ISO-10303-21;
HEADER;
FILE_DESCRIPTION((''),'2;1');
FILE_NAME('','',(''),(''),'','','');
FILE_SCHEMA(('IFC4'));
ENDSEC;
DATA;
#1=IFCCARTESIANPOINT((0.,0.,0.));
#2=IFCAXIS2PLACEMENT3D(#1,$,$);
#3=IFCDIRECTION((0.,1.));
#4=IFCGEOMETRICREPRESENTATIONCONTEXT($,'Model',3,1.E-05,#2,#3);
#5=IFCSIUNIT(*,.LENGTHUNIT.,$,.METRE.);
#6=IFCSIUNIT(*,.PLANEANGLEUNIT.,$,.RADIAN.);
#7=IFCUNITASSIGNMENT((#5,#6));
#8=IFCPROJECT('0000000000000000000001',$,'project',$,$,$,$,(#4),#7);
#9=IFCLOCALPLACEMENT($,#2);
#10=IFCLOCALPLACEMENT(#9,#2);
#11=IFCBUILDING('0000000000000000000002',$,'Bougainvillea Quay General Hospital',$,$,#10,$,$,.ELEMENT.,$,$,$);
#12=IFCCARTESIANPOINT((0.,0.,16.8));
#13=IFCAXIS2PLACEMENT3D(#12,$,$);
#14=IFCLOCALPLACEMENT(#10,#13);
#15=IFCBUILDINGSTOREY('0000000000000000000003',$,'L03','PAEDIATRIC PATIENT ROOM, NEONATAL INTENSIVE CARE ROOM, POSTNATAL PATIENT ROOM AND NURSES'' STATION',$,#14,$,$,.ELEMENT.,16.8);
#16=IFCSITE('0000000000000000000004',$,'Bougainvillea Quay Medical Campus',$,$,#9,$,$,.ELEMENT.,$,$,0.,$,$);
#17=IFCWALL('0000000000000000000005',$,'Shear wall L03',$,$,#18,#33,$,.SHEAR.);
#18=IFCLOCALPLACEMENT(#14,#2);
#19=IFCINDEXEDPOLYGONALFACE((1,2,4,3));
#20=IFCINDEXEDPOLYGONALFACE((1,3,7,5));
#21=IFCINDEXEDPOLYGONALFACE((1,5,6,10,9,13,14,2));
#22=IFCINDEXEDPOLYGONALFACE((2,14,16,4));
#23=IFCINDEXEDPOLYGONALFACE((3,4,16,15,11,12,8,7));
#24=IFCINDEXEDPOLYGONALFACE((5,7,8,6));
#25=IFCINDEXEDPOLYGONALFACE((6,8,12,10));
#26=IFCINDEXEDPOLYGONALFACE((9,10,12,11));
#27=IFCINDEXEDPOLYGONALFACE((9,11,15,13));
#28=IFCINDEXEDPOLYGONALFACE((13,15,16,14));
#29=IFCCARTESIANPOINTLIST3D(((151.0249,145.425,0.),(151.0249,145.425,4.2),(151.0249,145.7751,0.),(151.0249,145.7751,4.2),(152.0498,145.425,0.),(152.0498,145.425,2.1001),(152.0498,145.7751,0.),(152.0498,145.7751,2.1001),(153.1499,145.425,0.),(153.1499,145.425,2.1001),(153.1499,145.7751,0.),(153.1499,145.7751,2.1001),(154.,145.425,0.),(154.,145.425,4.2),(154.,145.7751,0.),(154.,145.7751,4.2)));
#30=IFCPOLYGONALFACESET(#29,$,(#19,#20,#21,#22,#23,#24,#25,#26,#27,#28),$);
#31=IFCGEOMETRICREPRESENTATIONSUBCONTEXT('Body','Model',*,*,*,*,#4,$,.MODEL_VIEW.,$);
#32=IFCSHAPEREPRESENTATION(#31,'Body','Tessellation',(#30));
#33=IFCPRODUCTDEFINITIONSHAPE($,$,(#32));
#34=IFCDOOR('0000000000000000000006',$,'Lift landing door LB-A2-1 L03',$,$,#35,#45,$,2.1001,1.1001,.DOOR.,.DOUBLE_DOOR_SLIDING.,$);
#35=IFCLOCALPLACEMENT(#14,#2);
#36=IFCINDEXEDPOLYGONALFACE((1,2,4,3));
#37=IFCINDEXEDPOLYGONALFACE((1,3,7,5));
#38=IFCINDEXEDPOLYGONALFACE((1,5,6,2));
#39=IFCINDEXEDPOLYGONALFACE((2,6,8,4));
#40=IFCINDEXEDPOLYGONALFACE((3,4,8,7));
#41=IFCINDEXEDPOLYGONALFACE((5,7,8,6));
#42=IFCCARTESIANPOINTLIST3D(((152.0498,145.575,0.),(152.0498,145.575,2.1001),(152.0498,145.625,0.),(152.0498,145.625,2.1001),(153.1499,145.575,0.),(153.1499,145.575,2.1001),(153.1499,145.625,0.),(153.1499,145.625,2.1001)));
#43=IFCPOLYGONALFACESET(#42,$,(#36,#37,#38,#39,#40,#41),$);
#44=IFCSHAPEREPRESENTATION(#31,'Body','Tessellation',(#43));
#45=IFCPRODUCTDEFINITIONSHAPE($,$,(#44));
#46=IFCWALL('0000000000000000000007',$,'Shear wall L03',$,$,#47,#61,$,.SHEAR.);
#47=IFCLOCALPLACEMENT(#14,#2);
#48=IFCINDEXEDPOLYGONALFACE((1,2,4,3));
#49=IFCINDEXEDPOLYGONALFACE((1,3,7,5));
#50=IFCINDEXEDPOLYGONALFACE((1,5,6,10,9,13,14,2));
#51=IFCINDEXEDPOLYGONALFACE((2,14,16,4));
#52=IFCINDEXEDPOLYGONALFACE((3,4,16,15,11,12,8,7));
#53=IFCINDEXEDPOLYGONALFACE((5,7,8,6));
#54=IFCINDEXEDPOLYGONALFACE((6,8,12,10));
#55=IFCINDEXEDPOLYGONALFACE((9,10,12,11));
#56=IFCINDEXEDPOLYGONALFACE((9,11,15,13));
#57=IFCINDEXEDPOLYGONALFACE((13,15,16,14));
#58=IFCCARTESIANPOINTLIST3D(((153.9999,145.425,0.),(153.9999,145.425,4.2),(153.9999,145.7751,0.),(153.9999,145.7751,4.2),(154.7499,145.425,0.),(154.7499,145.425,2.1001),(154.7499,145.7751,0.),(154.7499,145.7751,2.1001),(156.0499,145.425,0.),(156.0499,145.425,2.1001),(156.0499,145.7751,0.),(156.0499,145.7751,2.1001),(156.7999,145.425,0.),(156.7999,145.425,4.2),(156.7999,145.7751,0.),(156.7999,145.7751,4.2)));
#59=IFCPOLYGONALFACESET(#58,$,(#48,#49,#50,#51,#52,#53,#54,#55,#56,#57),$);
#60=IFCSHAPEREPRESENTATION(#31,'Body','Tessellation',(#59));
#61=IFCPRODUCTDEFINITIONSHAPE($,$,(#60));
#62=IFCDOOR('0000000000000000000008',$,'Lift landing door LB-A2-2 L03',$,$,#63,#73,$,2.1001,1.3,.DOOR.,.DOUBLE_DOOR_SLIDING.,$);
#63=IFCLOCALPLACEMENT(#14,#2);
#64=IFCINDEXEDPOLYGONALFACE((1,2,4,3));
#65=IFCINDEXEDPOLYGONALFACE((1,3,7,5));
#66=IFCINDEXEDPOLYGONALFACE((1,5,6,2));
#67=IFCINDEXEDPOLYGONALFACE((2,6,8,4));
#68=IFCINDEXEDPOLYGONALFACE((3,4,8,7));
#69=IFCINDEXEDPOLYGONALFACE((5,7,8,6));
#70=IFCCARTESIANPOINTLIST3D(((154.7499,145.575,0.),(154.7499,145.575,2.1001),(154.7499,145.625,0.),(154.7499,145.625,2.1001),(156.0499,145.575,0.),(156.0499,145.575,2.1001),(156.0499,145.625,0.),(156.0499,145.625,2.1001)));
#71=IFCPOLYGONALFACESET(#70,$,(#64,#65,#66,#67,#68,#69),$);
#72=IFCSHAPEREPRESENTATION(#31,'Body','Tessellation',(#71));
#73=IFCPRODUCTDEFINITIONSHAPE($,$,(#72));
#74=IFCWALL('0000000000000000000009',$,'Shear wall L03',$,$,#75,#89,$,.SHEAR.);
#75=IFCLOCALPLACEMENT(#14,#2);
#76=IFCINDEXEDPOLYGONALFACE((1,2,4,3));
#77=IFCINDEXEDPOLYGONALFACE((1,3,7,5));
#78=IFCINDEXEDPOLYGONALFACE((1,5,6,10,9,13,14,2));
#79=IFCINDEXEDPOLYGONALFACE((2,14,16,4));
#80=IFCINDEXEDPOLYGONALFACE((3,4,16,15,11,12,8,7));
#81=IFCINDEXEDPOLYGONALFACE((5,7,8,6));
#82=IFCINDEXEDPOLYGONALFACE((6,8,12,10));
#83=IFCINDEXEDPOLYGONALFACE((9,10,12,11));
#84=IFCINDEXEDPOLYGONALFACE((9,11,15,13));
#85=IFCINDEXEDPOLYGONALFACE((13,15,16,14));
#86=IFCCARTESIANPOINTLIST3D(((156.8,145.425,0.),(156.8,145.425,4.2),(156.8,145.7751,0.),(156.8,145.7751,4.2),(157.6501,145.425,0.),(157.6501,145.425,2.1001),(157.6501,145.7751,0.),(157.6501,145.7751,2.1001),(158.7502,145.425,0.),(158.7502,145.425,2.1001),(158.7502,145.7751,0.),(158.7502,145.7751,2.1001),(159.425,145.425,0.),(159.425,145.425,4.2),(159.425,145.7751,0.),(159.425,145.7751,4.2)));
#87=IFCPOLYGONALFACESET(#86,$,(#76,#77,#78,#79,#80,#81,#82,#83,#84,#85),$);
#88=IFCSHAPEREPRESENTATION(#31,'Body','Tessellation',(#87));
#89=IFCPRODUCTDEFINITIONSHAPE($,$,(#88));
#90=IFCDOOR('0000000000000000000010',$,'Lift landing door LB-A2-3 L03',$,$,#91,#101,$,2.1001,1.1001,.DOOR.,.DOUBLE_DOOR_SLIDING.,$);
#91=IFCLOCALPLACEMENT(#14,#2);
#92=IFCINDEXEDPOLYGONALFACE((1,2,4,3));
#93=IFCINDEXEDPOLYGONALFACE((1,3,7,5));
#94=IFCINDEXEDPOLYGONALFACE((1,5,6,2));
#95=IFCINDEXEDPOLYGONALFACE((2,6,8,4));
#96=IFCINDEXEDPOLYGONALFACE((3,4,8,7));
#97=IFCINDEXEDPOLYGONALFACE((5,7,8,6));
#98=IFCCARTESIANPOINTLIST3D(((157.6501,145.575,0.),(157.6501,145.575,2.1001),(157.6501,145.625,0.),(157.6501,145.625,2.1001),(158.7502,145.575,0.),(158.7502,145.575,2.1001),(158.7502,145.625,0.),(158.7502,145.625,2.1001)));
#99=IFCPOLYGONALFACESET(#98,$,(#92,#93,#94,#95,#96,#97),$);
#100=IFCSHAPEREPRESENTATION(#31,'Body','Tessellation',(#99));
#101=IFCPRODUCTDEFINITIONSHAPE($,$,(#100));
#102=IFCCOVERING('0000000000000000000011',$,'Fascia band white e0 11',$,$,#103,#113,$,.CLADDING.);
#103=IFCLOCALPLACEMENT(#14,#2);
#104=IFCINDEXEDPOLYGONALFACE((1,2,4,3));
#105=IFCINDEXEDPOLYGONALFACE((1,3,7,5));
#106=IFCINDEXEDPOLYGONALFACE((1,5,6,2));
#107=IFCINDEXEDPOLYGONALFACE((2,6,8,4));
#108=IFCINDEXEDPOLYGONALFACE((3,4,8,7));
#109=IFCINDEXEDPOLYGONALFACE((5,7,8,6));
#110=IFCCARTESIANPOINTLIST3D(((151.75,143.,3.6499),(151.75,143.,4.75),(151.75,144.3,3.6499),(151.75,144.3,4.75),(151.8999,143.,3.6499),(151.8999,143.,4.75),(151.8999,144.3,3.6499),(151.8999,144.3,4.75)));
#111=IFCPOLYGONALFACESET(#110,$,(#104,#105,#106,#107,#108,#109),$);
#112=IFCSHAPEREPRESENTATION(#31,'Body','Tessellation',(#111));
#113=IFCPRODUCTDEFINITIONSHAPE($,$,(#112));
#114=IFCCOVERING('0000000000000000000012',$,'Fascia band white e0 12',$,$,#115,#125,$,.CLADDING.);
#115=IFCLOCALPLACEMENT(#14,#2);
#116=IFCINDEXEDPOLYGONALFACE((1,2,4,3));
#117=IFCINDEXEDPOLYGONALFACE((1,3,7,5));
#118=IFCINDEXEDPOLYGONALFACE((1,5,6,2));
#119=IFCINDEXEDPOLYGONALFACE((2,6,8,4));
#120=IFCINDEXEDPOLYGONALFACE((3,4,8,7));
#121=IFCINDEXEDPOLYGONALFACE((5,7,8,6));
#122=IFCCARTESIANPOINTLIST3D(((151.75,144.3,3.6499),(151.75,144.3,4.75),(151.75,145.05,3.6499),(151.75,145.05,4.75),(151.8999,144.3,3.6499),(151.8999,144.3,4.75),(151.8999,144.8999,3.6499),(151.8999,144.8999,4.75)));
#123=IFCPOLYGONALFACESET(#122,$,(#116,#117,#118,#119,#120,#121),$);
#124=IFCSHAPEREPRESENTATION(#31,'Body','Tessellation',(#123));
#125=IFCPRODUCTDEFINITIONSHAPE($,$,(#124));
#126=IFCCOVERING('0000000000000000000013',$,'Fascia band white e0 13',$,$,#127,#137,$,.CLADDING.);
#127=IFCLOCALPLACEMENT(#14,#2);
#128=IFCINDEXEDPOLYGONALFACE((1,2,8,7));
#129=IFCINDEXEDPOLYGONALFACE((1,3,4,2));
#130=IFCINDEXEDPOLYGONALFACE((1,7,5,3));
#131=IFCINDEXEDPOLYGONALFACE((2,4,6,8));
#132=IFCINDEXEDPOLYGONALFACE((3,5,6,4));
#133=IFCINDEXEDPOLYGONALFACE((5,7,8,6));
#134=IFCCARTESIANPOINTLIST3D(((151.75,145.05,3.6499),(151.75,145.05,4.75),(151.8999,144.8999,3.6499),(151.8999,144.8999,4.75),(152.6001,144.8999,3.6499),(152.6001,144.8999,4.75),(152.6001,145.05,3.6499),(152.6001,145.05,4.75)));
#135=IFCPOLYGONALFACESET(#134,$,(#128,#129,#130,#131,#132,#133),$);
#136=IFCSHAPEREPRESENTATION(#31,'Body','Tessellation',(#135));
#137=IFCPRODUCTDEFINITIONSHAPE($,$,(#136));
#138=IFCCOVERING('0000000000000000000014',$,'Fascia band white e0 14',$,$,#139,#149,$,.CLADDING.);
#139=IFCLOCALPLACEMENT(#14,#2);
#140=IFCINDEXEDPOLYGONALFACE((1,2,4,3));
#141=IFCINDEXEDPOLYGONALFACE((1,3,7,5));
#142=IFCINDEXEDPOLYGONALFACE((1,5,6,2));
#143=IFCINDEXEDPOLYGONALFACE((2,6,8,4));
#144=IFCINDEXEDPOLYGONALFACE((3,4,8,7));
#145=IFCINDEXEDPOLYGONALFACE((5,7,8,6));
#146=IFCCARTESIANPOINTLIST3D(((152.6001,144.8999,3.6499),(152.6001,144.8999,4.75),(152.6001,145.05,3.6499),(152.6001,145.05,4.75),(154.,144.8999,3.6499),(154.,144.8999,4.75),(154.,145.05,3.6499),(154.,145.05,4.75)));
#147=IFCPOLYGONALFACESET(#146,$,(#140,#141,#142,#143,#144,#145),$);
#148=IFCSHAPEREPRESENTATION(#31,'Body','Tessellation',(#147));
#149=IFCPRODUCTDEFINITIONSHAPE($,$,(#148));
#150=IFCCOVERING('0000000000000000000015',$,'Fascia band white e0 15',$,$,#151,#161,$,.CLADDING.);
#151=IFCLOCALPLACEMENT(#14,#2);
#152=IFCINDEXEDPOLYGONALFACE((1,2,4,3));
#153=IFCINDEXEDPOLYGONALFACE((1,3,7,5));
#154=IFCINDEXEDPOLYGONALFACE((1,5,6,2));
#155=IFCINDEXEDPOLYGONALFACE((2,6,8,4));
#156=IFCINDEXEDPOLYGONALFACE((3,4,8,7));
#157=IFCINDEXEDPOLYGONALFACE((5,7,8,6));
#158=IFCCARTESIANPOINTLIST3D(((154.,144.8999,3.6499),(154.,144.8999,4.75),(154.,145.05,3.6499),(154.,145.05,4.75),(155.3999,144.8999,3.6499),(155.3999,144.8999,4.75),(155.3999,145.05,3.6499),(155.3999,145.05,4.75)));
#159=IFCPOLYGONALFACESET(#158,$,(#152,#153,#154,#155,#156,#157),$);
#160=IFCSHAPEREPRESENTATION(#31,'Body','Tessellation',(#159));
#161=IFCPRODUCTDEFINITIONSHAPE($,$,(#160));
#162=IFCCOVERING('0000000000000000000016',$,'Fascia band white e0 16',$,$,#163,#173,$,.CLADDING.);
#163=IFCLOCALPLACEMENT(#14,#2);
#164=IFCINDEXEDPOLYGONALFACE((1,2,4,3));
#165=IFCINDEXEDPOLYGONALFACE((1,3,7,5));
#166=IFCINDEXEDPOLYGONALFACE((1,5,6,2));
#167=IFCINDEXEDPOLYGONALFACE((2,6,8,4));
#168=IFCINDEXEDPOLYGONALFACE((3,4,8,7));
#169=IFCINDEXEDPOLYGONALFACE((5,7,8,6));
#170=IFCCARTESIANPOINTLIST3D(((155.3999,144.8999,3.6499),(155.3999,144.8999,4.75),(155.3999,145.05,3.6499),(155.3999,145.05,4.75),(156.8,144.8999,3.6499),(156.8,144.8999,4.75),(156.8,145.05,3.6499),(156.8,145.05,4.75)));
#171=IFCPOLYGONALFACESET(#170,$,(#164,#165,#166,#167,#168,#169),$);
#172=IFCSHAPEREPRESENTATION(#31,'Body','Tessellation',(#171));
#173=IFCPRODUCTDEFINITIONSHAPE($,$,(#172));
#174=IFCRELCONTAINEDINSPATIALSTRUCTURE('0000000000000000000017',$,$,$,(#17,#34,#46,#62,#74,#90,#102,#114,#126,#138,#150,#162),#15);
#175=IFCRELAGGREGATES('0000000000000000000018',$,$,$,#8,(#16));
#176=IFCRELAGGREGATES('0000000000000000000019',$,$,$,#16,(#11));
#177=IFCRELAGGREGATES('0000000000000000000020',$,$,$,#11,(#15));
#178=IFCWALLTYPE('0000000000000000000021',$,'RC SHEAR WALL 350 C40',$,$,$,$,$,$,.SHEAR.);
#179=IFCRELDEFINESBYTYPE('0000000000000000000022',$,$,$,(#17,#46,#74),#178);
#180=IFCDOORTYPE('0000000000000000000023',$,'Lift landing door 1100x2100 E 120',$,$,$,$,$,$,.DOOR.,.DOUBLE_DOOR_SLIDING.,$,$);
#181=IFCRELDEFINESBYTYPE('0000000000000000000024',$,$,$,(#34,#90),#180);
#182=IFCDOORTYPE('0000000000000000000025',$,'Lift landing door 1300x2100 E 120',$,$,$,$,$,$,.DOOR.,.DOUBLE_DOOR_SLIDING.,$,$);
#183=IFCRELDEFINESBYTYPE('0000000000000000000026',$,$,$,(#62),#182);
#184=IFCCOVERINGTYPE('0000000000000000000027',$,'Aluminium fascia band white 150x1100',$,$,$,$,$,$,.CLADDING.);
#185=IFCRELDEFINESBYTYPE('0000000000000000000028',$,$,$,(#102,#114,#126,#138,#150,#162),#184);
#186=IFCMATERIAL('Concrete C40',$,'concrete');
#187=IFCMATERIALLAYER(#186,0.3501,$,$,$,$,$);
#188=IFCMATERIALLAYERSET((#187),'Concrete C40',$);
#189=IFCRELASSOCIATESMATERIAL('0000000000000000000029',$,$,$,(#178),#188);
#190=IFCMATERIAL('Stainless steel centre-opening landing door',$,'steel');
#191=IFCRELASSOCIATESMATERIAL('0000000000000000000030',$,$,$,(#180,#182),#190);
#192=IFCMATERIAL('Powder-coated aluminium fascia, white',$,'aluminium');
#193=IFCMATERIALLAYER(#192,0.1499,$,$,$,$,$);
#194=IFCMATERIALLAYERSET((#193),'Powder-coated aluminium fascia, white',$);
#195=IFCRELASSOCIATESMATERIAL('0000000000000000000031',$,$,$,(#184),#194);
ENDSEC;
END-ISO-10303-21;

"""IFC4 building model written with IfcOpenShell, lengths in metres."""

from ifc_helpers import new_model, si_unit, direction, frame, frame_2d, origin, place, context, subcontext, project, spatial, polyline, rectangle, outline, extrude, material, layer, layer_set, type_object, element, fill, save


model = new_model("IFC4")

# Units and contexts
model_context = context("Model", 3, precision=1e-05, world=origin(), true_north=direction((0.0, 1.0)))
body_context = subcontext(model_context, "Body", "Model", "MODEL_VIEW")
ifc_project = project(units=[si_unit("LENGTHUNIT", "METRE"), si_unit("PLANEANGLEUNIT", "RADIAN")], contexts=[model_context])

# Site, building, storey
site_placement = place(None, origin())
site = spatial("IfcSite", under=ifc_project, at=site_placement, Name="Bougainvillea Quay Medical Campus", CompositionType="ELEMENT", RefElevation=0.0)
building_placement = place(site_placement, origin())
building = spatial("IfcBuilding", under=site, at=building_placement, Name="Bougainvillea Quay General Hospital", CompositionType="ELEMENT")
storey_placement = place(building_placement, frame((0.0, 0.0, 16.8)))
storey = spatial("IfcBuildingStorey", under=building, at=storey_placement, Name="L03", Description="PAEDIATRIC PATIENT ROOM, NEONATAL INTENSIVE CARE ROOM, POSTNATAL PATIENT ROOM AND NURSES' STATION", CompositionType="ELEMENT", Elevation=16.8)

# Walls, openings, doors
ifc_material_1 = material(Name="Concrete C40", Category="concrete")
ifc_layer_1 = layer(ifc_material_1, 0.3501)
ifc_layer_set_1 = layer_set([ifc_layer_1], Name="Concrete C40")
wall_type = type_object("IfcWallType", Name="RC SHEAR WALL 350 C40", PredefinedType="SHEAR", material=ifc_layer_set_1)
wall_1_placement = place(storey_placement, frame((151.0249, 145.6001, 0.0), z_axis=(0.0, 0.0, 1.0), x_axis=(1.0, 0.0, 0.0)))
wall_1 = element("IfcWall", 1, at=wall_1_placement, inside=storey, type_object=wall_type, Name="Shear wall L03", PredefinedType="SHEAR", context=body_context, shape_type="SweptSolid", body=[
    extrude(rectangle(XDim=2.9751, YDim=0.3501, at=frame_2d((1.4875, 0.0))), origin(), (0.0, 0.0, 1.0), 4.2),
])
opening_1_placement = place(wall_1_placement, frame((1.0249, 0.0, 0.0)))
opening_1 = element("IfcOpeningElement", 2, at=opening_1_placement, cuts=wall_1, PredefinedType="OPENING", context=body_context, shape_type="SweptSolid", body=[
    extrude(rectangle(XDim=1.1001, YDim=2.1001, at=frame_2d((0.55, 1.05))), frame((0.0, 0.1851, 0.0), z_axis=(0.0, -1.0, 0.0), x_axis=(1.0, 0.0, 0.0)), (0.0, 0.0, 1.0), 0.3701),
])
ifc_material_2 = material(Name="Stainless steel centre-opening landing door", Category="steel")
door_type_1 = type_object("IfcDoorType", Name="Lift landing door 1100x2100 E 120", OperationType="DOUBLE_DOOR_SLIDING", PredefinedType="DOOR", material=ifc_material_2)
door_1_placement = place(opening_1_placement, origin())
door_1 = element("IfcDoor", 3, at=door_1_placement, inside=storey, type_object=door_type_1, Name="Lift landing door LB-A2-1 L03", OperationType="DOUBLE_DOOR_SLIDING", OverallHeight=2.1001, OverallWidth=1.1001, PredefinedType="DOOR", context=body_context, shape_type="SweptSolid", body=[
    extrude(rectangle(XDim=1.1001, YDim=2.1001, at=frame_2d((0.55, 1.05))), frame((0.0, 0.0249, 0.0), z_axis=(0.0, -1.0, 0.0), x_axis=(1.0, 0.0, 0.0)), (0.0, 0.0, 1.0), 0.05),
])
fill(opening_1, door_1)
wall_2_placement = place(storey_placement, frame((154.0, 145.6001, 0.0), z_axis=(0.0, 0.0, 1.0), x_axis=(1.0, 0.0, 0.0)))
wall_2 = element("IfcWall", 4, at=wall_2_placement, inside=storey, type_object=wall_type, Name="Shear wall L03", PredefinedType="SHEAR", context=body_context, shape_type="SweptSolid", body=[
    extrude(rectangle(XDim=2.8, YDim=0.3501, at=frame_2d((1.3999, 0.0))), origin(), (0.0, 0.0, 1.0), 4.2),
])
opening_2_placement = place(wall_2_placement, frame((0.75, 0.0, 0.0)))
opening_2 = element("IfcOpeningElement", 5, at=opening_2_placement, cuts=wall_2, PredefinedType="OPENING", context=body_context, shape_type="SweptSolid", body=[
    extrude(rectangle(XDim=1.3, YDim=2.1001, at=frame_2d((0.6499, 1.05))), frame((0.0, 0.1851, 0.0), z_axis=(0.0, -1.0, 0.0), x_axis=(1.0, 0.0, 0.0)), (0.0, 0.0, 1.0), 0.3701),
])
door_type_2 = type_object("IfcDoorType", Name="Lift landing door 1300x2100 E 120", OperationType="DOUBLE_DOOR_SLIDING", PredefinedType="DOOR", material=ifc_material_2)
door_2_placement = place(opening_2_placement, origin())
door_2 = element("IfcDoor", 6, at=door_2_placement, inside=storey, type_object=door_type_2, Name="Lift landing door LB-A2-2 L03", OperationType="DOUBLE_DOOR_SLIDING", OverallHeight=2.1001, OverallWidth=1.3, PredefinedType="DOOR", context=body_context, shape_type="SweptSolid", body=[
    extrude(rectangle(XDim=1.3, YDim=2.1001, at=frame_2d((0.6499, 1.05))), frame((0.0, 0.0249, 0.0), z_axis=(0.0, -1.0, 0.0), x_axis=(1.0, 0.0, 0.0)), (0.0, 0.0, 1.0), 0.05),
])
fill(opening_2, door_2)
wall_3_placement = place(storey_placement, frame((156.8, 145.6001, 0.0), z_axis=(0.0, 0.0, 1.0), x_axis=(1.0, 0.0, 0.0)))
wall_3 = element("IfcWall", 7, at=wall_3_placement, inside=storey, type_object=wall_type, Name="Shear wall L03", PredefinedType="SHEAR", context=body_context, shape_type="SweptSolid", body=[
    extrude(rectangle(XDim=2.625, YDim=0.3501, at=frame_2d((1.3125, 0.0))), origin(), (0.0, 0.0, 1.0), 4.2),
])
opening_3_placement = place(wall_3_placement, frame((0.8501, 0.0, 0.0)))
opening_3 = element("IfcOpeningElement", 8, at=opening_3_placement, cuts=wall_3, PredefinedType="OPENING", context=body_context, shape_type="SweptSolid", body=[
    extrude(rectangle(XDim=1.1001, YDim=2.1001, at=frame_2d((0.55, 1.05))), frame((0.0, 0.1851, 0.0), z_axis=(0.0, -1.0, 0.0), x_axis=(1.0, 0.0, 0.0)), (0.0, 0.0, 1.0), 0.3701),
])
door_3_placement = place(opening_3_placement, origin())
door_3 = element("IfcDoor", 9, at=door_3_placement, inside=storey, type_object=door_type_1, Name="Lift landing door LB-A2-3 L03", OperationType="DOUBLE_DOOR_SLIDING", OverallHeight=2.1001, OverallWidth=1.1001, PredefinedType="DOOR", context=body_context, shape_type="SweptSolid", body=[
    extrude(rectangle(XDim=1.1001, YDim=2.1001, at=frame_2d((0.55, 1.05))), frame((0.0, 0.0249, 0.0), z_axis=(0.0, -1.0, 0.0), x_axis=(1.0, 0.0, 0.0)), (0.0, 0.0, 1.0), 0.05),
])
fill(opening_3, door_3)

# Coverings
ifc_material_3 = material(Name="Powder-coated aluminium fascia, white", Category="aluminium")
ifc_layer_2 = layer(ifc_material_3, 0.1499)
ifc_layer_set_2 = layer_set([ifc_layer_2], Name="Powder-coated aluminium fascia, white")
covering_type = type_object("IfcCoveringType", Name="Aluminium fascia band white 150x1100", PredefinedType="CLADDING", material=ifc_layer_set_2)
covering_1_placement = place(storey_placement, frame((151.75, 143.0, 3.6499), z_axis=(0.0, 0.0, 1.0), x_axis=(0.0, 1.0, 0.0)))
element("IfcCovering", 10, at=covering_1_placement, inside=storey, type_object=covering_type, Name="Fascia band white e0 11", PredefinedType="CLADDING", context=body_context, shape_type="SweptSolid", body=[
    extrude(outline(polyline([(0.0, 0.0), (1.3, 0.0), (1.3, -0.1499), (0.0, -0.1499), (0.0, 0.0)])), origin(), (0.0, 0.0, 1.0), 1.1001),
])
covering_2_placement = place(storey_placement, frame((151.75, 144.3, 3.6499), z_axis=(0.0, 0.0, 1.0), x_axis=(0.0, 1.0, 0.0)))
element("IfcCovering", 11, at=covering_2_placement, inside=storey, type_object=covering_type, Name="Fascia band white e0 12", PredefinedType="CLADDING", context=body_context, shape_type="SweptSolid", body=[
    extrude(outline(polyline([(0.0, 0.0), (0.75, 0.0), (0.5999, -0.1499), (0.0, -0.1499), (0.0, 0.0)])), origin(), (0.0, 0.0, 1.0), 1.1001),
])
covering_3_placement = place(storey_placement, frame((151.75, 145.05, 3.6499), z_axis=(0.0, 0.0, 1.0), x_axis=(1.0, 0.0, 0.0)))
element("IfcCovering", 12, at=covering_3_placement, inside=storey, type_object=covering_type, Name="Fascia band white e0 13", PredefinedType="CLADDING", context=body_context, shape_type="SweptSolid", body=[
    extrude(outline(polyline([(0.0, 0.0), (0.8501, 0.0), (0.8501, -0.1501), (0.1499, -0.1501), (0.0, 0.0)])), origin(), (0.0, 0.0, 1.0), 1.1001),
])
for number, where, z_axis, x_axis, name in (
    (13, (152.6001, 145.05, 3.6499), (0.0, 0.0, 1.0), (1.0, 0.0, 0.0), "Fascia band white e0 14"),
    (14, (154.0, 145.05, 3.6499), (0.0, 0.0, 1.0), (1.0, 0.0, 0.0), "Fascia band white e0 15"),
):
    element("IfcCovering", number, at=place(storey_placement, frame(where, z_axis=z_axis, x_axis=x_axis)), inside=storey, type_object=covering_type, Name=name, PredefinedType="CLADDING", context=body_context, shape_type="SweptSolid", body=[
        extrude(outline(polyline([(0.0, 0.0), (1.3999, 0.0), (1.3999, -0.1501), (0.0, -0.1501), (0.0, 0.0)])), origin(), (0.0, 0.0, 1.0), 1.1001),
    ])
covering_4_placement = place(storey_placement, frame((155.3999, 145.05, 3.6499), z_axis=(0.0, 0.0, 1.0), x_axis=(1.0, 0.0, 0.0)))
element("IfcCovering", 15, at=covering_4_placement, inside=storey, type_object=covering_type, Name="Fascia band white e0 16", PredefinedType="CLADDING", context=body_context, shape_type="SweptSolid", body=[
    extrude(outline(polyline([(0.0, 0.0), (1.4001, 0.0), (1.4001, -0.1501), (0.0, -0.1501), (0.0, 0.0)])), origin(), (0.0, 0.0, 1.0), 1.1001),
])

save(model, "model.ifc")
